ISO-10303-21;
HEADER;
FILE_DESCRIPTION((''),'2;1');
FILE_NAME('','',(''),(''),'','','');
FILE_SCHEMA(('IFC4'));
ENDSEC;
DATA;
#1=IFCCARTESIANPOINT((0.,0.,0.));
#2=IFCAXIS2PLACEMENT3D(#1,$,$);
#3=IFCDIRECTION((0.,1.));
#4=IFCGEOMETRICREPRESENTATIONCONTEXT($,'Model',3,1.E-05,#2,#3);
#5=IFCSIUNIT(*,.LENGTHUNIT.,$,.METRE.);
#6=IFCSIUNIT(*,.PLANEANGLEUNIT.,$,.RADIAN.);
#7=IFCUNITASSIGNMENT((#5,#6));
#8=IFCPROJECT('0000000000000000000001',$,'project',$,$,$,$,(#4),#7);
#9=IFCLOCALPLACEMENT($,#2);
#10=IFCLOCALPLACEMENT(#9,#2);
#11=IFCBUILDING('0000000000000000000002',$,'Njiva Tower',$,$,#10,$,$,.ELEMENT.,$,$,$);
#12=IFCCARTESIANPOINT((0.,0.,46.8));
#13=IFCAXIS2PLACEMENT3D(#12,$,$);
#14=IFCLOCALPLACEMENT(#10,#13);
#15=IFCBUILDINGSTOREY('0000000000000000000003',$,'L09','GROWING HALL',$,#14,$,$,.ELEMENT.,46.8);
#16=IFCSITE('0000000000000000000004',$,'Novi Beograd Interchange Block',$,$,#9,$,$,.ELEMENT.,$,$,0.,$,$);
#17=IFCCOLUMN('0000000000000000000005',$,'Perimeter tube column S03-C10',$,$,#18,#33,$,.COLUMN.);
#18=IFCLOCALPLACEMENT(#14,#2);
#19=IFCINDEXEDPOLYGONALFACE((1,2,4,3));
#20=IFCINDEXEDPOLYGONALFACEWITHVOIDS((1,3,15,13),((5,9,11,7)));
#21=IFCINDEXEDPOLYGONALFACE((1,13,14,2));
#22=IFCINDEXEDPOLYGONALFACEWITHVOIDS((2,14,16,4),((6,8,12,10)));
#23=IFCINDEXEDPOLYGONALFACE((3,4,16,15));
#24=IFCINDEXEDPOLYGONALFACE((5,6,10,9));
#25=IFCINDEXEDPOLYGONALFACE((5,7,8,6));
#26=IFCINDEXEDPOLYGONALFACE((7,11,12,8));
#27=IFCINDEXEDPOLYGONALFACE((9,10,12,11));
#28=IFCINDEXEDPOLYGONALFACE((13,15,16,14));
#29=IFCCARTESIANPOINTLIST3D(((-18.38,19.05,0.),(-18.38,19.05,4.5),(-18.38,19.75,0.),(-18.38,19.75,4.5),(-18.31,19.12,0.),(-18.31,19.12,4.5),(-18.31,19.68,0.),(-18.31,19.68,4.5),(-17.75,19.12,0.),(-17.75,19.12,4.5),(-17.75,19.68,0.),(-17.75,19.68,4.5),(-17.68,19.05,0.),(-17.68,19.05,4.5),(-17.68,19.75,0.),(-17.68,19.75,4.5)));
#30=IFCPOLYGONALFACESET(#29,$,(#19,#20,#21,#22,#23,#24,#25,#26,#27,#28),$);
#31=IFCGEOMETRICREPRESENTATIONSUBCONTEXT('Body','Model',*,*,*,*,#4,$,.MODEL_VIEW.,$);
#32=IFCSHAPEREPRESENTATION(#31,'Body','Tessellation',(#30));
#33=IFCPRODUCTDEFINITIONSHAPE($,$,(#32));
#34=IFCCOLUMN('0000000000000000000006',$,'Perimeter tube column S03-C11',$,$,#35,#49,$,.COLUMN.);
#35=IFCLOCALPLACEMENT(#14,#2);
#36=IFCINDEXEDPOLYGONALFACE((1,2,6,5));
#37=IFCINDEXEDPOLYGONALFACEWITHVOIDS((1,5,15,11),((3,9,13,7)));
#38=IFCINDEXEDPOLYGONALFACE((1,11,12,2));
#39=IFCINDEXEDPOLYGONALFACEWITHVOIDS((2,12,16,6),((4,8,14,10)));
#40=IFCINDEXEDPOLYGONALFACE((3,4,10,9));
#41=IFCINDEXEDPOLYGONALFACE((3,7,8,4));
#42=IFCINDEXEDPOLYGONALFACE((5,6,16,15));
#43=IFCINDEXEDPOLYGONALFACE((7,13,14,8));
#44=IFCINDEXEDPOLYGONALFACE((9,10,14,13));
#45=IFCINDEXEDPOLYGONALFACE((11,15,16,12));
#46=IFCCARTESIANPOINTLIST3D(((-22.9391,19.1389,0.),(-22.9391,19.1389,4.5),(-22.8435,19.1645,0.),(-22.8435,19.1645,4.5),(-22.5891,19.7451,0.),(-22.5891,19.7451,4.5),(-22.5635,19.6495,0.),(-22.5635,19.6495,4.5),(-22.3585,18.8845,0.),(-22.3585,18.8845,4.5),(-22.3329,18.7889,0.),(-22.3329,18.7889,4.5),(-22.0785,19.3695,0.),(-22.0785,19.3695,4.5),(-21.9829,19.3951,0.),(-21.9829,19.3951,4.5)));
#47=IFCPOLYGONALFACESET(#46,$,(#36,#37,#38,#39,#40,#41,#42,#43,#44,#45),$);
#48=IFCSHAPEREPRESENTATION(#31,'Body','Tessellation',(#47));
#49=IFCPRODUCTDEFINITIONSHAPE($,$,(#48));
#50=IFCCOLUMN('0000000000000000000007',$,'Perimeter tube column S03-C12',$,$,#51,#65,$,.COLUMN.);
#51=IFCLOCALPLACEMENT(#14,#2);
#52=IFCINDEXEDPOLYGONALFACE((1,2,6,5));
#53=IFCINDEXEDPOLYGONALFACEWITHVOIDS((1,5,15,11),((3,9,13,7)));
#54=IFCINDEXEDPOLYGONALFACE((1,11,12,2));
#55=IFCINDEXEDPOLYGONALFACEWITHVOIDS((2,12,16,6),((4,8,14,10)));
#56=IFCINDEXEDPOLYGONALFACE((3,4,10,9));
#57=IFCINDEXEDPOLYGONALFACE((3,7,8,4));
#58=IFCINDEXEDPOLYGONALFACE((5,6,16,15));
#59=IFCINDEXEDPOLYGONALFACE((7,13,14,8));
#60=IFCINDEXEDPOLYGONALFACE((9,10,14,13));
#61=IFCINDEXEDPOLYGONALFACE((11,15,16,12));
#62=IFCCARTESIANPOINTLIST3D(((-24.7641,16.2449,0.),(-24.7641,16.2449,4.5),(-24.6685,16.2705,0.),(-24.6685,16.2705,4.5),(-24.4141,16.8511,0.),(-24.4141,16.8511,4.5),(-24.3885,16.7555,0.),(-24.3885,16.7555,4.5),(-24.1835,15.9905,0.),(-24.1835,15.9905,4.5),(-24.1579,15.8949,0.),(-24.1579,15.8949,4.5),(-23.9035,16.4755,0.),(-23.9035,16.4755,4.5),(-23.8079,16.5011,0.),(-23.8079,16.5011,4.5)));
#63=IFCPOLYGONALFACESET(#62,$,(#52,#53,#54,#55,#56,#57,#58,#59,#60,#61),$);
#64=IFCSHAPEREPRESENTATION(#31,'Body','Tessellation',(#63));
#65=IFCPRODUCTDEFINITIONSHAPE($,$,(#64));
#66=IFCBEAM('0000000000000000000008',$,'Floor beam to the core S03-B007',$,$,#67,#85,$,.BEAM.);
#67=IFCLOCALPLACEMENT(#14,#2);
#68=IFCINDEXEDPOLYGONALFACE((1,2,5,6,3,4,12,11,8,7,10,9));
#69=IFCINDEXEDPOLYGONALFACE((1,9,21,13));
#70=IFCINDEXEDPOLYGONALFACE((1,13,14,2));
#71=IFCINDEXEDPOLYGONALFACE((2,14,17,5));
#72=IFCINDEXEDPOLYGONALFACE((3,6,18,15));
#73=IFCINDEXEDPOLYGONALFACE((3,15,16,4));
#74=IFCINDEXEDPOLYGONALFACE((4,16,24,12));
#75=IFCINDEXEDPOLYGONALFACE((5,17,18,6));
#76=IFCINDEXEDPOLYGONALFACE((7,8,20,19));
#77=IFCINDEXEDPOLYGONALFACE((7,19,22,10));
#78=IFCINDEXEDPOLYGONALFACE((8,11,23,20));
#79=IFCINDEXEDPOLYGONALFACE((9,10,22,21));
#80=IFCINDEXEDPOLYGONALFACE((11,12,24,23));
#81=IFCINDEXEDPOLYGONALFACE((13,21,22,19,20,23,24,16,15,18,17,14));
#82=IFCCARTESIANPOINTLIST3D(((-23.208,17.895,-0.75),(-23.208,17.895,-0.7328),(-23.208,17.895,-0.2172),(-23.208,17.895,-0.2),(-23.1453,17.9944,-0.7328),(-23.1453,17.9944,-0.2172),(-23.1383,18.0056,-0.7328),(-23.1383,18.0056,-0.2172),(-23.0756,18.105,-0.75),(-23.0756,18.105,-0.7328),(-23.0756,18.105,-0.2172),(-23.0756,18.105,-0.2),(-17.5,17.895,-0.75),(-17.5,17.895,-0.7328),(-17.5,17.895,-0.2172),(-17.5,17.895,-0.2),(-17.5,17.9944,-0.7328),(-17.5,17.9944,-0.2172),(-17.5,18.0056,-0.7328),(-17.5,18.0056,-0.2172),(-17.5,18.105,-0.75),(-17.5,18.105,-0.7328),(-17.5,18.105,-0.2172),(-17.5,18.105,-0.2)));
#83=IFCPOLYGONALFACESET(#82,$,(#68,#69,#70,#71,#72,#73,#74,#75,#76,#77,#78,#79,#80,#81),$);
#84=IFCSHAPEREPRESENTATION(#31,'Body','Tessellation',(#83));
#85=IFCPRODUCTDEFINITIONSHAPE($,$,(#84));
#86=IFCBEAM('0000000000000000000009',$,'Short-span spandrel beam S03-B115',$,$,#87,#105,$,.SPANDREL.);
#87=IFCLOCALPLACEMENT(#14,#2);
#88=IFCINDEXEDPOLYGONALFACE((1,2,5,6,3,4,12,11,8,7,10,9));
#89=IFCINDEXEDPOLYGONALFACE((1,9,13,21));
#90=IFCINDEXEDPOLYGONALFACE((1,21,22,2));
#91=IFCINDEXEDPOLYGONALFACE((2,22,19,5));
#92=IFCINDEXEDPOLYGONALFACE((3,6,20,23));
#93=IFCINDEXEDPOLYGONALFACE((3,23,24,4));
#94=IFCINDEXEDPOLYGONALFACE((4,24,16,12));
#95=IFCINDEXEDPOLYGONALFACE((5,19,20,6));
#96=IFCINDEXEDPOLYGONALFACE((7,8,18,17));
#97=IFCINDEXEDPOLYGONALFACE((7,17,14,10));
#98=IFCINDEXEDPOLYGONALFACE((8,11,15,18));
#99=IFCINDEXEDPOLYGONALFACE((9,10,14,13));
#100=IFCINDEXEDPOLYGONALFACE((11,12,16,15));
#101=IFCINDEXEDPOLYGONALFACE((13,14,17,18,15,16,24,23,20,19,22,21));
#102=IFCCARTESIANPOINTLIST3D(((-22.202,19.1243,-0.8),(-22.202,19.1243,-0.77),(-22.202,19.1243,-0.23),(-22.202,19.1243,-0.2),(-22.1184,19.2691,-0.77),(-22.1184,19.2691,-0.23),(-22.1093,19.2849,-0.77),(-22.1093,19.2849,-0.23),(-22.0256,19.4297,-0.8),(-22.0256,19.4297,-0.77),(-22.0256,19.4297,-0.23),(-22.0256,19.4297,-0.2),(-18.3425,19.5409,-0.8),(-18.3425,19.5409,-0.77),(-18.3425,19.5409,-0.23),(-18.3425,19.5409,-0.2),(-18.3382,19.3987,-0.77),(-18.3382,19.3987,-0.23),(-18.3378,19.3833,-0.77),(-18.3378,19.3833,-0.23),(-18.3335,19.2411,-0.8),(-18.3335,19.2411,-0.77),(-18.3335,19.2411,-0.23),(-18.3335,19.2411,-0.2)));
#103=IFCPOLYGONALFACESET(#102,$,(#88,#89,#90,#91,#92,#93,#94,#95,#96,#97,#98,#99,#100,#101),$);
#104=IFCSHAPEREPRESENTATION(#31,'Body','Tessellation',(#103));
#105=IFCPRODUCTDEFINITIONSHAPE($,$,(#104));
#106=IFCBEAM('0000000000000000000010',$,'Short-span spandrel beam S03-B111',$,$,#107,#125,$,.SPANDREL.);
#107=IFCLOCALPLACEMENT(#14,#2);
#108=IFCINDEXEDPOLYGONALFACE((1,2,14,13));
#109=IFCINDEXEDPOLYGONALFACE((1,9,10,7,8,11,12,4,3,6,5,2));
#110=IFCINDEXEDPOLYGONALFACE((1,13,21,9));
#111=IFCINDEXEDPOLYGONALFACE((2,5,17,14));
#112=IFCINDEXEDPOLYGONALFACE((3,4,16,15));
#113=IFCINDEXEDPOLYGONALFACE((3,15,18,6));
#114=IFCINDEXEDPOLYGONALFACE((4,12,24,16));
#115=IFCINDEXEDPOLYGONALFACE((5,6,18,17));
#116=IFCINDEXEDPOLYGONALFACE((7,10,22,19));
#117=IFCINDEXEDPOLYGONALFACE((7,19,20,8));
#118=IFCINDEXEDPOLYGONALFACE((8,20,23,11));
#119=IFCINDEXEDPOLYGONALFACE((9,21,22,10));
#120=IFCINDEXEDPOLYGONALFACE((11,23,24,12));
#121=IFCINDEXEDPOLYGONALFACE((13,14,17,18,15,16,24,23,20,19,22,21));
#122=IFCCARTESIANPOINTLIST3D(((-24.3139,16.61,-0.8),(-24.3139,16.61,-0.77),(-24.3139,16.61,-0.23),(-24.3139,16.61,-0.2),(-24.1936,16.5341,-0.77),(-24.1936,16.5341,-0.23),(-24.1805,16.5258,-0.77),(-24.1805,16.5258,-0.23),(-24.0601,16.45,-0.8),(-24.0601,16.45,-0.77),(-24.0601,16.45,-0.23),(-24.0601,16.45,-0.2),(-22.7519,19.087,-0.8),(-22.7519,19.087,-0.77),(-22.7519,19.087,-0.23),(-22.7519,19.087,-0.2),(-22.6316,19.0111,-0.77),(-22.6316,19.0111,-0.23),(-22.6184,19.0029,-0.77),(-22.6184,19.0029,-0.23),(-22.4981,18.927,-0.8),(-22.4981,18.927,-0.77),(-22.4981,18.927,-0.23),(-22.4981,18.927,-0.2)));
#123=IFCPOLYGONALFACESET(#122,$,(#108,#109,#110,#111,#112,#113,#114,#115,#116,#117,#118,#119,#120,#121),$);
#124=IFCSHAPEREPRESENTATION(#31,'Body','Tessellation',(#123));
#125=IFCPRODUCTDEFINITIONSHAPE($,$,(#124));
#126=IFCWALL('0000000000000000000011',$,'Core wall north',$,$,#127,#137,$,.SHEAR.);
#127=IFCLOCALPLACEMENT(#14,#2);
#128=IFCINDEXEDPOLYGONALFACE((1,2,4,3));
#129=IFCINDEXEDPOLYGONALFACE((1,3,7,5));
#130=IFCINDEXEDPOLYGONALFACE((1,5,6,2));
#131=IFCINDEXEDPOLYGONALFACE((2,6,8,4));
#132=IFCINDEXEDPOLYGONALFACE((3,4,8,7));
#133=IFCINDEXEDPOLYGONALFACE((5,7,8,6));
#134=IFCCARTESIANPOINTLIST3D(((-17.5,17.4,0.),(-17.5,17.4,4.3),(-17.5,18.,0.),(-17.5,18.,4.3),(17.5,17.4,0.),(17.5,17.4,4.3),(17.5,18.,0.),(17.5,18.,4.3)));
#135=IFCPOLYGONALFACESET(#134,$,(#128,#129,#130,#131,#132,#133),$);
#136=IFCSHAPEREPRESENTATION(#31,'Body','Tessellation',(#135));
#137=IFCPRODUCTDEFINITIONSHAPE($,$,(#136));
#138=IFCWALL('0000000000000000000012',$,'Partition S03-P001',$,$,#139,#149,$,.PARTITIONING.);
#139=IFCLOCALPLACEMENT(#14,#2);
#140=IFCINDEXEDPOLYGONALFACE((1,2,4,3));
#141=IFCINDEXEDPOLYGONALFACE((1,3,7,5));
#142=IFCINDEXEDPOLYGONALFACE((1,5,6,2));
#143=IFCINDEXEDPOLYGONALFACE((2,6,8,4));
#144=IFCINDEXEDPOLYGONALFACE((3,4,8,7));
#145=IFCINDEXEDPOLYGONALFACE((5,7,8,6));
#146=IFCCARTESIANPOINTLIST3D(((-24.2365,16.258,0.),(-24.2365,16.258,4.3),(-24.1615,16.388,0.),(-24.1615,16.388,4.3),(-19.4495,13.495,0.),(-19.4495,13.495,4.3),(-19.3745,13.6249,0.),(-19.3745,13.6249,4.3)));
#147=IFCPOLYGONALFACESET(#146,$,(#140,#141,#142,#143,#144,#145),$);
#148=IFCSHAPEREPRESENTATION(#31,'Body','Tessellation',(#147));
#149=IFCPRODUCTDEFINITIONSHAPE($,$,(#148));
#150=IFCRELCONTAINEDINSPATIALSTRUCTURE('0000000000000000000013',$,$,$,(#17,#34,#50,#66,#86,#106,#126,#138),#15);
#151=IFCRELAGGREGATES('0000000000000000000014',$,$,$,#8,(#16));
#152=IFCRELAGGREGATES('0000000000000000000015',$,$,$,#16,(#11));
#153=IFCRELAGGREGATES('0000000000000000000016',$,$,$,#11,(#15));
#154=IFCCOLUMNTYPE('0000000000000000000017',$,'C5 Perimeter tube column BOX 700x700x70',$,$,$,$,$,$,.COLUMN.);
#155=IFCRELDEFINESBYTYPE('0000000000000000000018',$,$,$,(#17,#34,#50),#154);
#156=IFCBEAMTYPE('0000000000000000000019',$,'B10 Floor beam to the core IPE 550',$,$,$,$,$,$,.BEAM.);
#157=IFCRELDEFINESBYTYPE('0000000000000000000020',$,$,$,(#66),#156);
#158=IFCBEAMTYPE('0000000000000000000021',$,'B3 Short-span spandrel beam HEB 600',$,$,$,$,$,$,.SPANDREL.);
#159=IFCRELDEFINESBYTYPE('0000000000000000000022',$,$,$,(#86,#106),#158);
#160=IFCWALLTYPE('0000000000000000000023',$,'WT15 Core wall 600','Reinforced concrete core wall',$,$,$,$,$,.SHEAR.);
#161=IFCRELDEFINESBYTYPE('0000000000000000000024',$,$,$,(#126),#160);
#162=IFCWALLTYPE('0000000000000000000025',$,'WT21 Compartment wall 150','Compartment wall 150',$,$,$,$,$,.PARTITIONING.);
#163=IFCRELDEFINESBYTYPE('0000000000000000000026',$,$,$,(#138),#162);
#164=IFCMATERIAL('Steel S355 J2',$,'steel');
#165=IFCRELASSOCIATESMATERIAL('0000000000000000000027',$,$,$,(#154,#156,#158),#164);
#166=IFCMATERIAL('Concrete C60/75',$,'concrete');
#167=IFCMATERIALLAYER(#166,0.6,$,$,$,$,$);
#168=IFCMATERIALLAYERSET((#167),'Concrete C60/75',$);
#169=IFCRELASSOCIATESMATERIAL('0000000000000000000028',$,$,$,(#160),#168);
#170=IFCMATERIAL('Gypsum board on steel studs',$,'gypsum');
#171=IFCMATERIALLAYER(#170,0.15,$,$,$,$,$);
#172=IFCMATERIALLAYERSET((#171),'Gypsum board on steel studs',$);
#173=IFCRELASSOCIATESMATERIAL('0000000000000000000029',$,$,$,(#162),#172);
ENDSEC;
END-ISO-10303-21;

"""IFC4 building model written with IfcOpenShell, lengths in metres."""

from ifc_helpers import new_model, si_unit, direction, frame, frame_2d, origin, origin_2d, place, context, subcontext, project, spatial, rectangle, hollow_rectangle, i_section, extrude, clip, halfspace, material, layer, layer_set, material_profile, profile_set, type_object, element, save


model = new_model("IFC4")

# Units and contexts
model_context = context("Model", 3, precision=1e-05, world=origin(), true_north=direction((0.0, 1.0)))
body_context = subcontext(model_context, "Body", "Model", "MODEL_VIEW")
ifc_project = project(units=[si_unit("LENGTHUNIT", "METRE"), si_unit("PLANEANGLEUNIT", "RADIAN")], contexts=[model_context])

# Site, building, storey
site_placement = place(None, origin())
site = spatial("IfcSite", under=ifc_project, at=site_placement, Name="Novi Beograd Interchange Block", CompositionType="ELEMENT", RefElevation=0.0)
building_placement = place(site_placement, origin())
building = spatial("IfcBuilding", under=site, at=building_placement, Name="Njiva Tower", CompositionType="ELEMENT")
storey_placement = place(building_placement, frame((0.0, 0.0, 46.8)))
storey = spatial("IfcBuildingStorey", under=building, at=storey_placement, Name="L09", Description="GROWING HALL", CompositionType="ELEMENT", Elevation=46.8)

# Columns
ifc_material_1 = material(Name="Steel S355 J2", Category="steel")
ifc_material_profile_1 = material_profile(ifc_material_1, hollow_rectangle(XDim=0.7, YDim=0.7, WallThickness=0.07, at=origin_2d()), Name="BOX 700x700x70")
ifc_profile_set_1 = profile_set([ifc_material_profile_1], Name="Steel S355 J2")
column_type = type_object("IfcColumnType", Name="C5 Perimeter tube column BOX 700x700x70", PredefinedType="COLUMN", material=ifc_profile_set_1)
for number, where, z_axis, x_axis, name in (
    (1, (-18.03, 19.4, 0.0), (0.0, 0.0, 1.0), (-1.0, 0.0, 0.0), "Perimeter tube column S03-C10"),
    (2, (-22.461, 19.267, 0.0), (0.0, 0.0, 1.0), (-0.5, -0.866025, 0.0), "Perimeter tube column S03-C11"),
    (3, (-24.286, 16.373, 0.0), (0.0, 0.0, 1.0), (-0.5, -0.866025, 0.0), "Perimeter tube column S03-C12"),
):
    element("IfcColumn", number, at=place(storey_placement, frame(where, z_axis=z_axis, x_axis=x_axis)), inside=storey, type_object=column_type, Name=name, PredefinedType="COLUMN", context=body_context, shape_type="SweptSolid", body=[
        extrude(hollow_rectangle(XDim=0.7, YDim=0.7, WallThickness=0.07, at=origin_2d()), origin(), (0.0, 0.0, 1.0), 4.5),
    ])

# Beams
ifc_material_profile_2 = material_profile(ifc_material_1, i_section(OverallWidth=0.21, OverallDepth=0.55, WebThickness=0.0111, FlangeThickness=0.0172, at=origin_2d()), Name="IPE 550")
ifc_profile_set_2 = profile_set([ifc_material_profile_2], Name="Steel S355 J2")
beam_type_1 = type_object("IfcBeamType", Name="B10 Floor beam to the core IPE 550", PredefinedType="BEAM", material=ifc_profile_set_2)
beam_1_placement = place(storey_placement, frame((-23.228, 18.0, -0.475), z_axis=(1.0, 0.0, 0.0), x_axis=(0.0, 1.0, 0.0)))
element("IfcBeam", 4, at=beam_1_placement, inside=storey, type_object=beam_type_1, Name="Floor beam to the core S03-B007", PredefinedType="BEAM", context=body_context, shape_type="Clipping", body=[
    clip(extrude(i_section(OverallWidth=0.21, OverallDepth=0.55, WebThickness=0.0111, FlangeThickness=0.0172, at=origin_2d()), origin(), (0.0, 0.0, 1.0), 5.728), halfspace(frame((0.0267, 0.0, 0.103), z_axis=(0.533317, 0.0, -0.845915), x_axis=(0.0, -1.0, 0.0)), False)),
])
ifc_material_profile_3 = material_profile(ifc_material_1, i_section(OverallWidth=0.3, OverallDepth=0.6, WebThickness=0.0155, FlangeThickness=0.03, at=origin_2d()), Name="HEB 600")
ifc_profile_set_3 = profile_set([ifc_material_profile_3], Name="Steel S355 J2")
beam_type_2 = type_object("IfcBeamType", Name="B3 Short-span spandrel beam HEB 600", PredefinedType="SPANDREL", material=ifc_profile_set_3)
beam_2_placement = place(storey_placement, frame((-18.338, 19.391, -0.5), z_axis=(-0.999545, -0.030177, 0.0), x_axis=(0.030177, -0.999545, 0.0)))
element("IfcBeam", 5, at=beam_2_placement, inside=storey, type_object=beam_type_2, Name="Short-span spandrel beam S03-B115", PredefinedType="SPANDREL", context=body_context, shape_type="Clipping", body=[
    clip(extrude(i_section(OverallWidth=0.3, OverallDepth=0.6, WebThickness=0.0155, FlangeThickness=0.03, at=origin_2d()), origin(), (0.0, 0.0, 1.0), 3.8907), halfspace(frame((-0.0266, 0.0, 3.7611), z_axis=(-0.525904, 0.0, 0.850544), x_axis=(0.0, 1.0, 0.0)), False)),
])
beam_3_placement = place(storey_placement, frame((-22.625, 19.007, -0.5), z_axis=(-0.533402, -0.845862, 0.0), x_axis=(0.845862, -0.533402, 0.0)))
element("IfcBeam", 6, at=beam_3_placement, inside=storey, type_object=beam_type_2, Name="Short-span spandrel beam S03-B111", PredefinedType="SPANDREL", context=body_context, shape_type="SweptSolid", body=[
    extrude(i_section(OverallWidth=0.3, OverallDepth=0.6, WebThickness=0.0155, FlangeThickness=0.03, at=origin_2d()), origin(), (0.0, 0.0, 1.0), 2.9284),
])

# Walls
ifc_material_2 = material(Name="Concrete C60/75", Category="concrete")
ifc_layer_1 = layer(ifc_material_2, 0.6)
ifc_layer_set_1 = layer_set([ifc_layer_1], Name="Concrete C60/75")
wall_type_1 = type_object("IfcWallType", Name="WT15 Core wall 600", Description="Reinforced concrete core wall", PredefinedType="SHEAR", material=ifc_layer_set_1)
wall_1_placement = place(storey_placement, frame((-17.5, 17.7, 0.0), z_axis=(0.0, 0.0, 1.0), x_axis=(1.0, 0.0, 0.0)))
element("IfcWall", 7, at=wall_1_placement, inside=storey, type_object=wall_type_1, Name="Core wall north", PredefinedType="SHEAR", context=body_context, shape_type="SweptSolid", body=[
    extrude(rectangle(XDim=35.0, YDim=0.6, at=frame_2d((17.5, 0.0))), origin(), (0.0, 0.0, 1.0), 4.3),
])
ifc_material_3 = material(Name="Gypsum board on steel studs", Category="gypsum")
ifc_layer_2 = layer(ifc_material_3, 0.15)
ifc_layer_set_2 = layer_set([ifc_layer_2], Name="Gypsum board on steel studs")
wall_type_2 = type_object("IfcWallType", Name="WT21 Compartment wall 150", Description="Compartment wall 150", PredefinedType="PARTITIONING", material=ifc_layer_set_2)
wall_2_placement = place(storey_placement, frame((-24.199, 16.323, 0.0), z_axis=(0.0, 0.0, 1.0), x_axis=(0.866086, -0.499895, 0.0)))
element("IfcWall", 8, at=wall_2_placement, inside=storey, type_object=wall_type_2, Name="Partition S03-P001", PredefinedType="PARTITIONING", context=body_context, shape_type="SweptSolid", body=[
    extrude(rectangle(XDim=5.5272, YDim=0.15, at=frame_2d((2.7636, 0.0))), origin(), (0.0, 0.0, 1.0), 4.3),
])

save(model, "model.ifc")
